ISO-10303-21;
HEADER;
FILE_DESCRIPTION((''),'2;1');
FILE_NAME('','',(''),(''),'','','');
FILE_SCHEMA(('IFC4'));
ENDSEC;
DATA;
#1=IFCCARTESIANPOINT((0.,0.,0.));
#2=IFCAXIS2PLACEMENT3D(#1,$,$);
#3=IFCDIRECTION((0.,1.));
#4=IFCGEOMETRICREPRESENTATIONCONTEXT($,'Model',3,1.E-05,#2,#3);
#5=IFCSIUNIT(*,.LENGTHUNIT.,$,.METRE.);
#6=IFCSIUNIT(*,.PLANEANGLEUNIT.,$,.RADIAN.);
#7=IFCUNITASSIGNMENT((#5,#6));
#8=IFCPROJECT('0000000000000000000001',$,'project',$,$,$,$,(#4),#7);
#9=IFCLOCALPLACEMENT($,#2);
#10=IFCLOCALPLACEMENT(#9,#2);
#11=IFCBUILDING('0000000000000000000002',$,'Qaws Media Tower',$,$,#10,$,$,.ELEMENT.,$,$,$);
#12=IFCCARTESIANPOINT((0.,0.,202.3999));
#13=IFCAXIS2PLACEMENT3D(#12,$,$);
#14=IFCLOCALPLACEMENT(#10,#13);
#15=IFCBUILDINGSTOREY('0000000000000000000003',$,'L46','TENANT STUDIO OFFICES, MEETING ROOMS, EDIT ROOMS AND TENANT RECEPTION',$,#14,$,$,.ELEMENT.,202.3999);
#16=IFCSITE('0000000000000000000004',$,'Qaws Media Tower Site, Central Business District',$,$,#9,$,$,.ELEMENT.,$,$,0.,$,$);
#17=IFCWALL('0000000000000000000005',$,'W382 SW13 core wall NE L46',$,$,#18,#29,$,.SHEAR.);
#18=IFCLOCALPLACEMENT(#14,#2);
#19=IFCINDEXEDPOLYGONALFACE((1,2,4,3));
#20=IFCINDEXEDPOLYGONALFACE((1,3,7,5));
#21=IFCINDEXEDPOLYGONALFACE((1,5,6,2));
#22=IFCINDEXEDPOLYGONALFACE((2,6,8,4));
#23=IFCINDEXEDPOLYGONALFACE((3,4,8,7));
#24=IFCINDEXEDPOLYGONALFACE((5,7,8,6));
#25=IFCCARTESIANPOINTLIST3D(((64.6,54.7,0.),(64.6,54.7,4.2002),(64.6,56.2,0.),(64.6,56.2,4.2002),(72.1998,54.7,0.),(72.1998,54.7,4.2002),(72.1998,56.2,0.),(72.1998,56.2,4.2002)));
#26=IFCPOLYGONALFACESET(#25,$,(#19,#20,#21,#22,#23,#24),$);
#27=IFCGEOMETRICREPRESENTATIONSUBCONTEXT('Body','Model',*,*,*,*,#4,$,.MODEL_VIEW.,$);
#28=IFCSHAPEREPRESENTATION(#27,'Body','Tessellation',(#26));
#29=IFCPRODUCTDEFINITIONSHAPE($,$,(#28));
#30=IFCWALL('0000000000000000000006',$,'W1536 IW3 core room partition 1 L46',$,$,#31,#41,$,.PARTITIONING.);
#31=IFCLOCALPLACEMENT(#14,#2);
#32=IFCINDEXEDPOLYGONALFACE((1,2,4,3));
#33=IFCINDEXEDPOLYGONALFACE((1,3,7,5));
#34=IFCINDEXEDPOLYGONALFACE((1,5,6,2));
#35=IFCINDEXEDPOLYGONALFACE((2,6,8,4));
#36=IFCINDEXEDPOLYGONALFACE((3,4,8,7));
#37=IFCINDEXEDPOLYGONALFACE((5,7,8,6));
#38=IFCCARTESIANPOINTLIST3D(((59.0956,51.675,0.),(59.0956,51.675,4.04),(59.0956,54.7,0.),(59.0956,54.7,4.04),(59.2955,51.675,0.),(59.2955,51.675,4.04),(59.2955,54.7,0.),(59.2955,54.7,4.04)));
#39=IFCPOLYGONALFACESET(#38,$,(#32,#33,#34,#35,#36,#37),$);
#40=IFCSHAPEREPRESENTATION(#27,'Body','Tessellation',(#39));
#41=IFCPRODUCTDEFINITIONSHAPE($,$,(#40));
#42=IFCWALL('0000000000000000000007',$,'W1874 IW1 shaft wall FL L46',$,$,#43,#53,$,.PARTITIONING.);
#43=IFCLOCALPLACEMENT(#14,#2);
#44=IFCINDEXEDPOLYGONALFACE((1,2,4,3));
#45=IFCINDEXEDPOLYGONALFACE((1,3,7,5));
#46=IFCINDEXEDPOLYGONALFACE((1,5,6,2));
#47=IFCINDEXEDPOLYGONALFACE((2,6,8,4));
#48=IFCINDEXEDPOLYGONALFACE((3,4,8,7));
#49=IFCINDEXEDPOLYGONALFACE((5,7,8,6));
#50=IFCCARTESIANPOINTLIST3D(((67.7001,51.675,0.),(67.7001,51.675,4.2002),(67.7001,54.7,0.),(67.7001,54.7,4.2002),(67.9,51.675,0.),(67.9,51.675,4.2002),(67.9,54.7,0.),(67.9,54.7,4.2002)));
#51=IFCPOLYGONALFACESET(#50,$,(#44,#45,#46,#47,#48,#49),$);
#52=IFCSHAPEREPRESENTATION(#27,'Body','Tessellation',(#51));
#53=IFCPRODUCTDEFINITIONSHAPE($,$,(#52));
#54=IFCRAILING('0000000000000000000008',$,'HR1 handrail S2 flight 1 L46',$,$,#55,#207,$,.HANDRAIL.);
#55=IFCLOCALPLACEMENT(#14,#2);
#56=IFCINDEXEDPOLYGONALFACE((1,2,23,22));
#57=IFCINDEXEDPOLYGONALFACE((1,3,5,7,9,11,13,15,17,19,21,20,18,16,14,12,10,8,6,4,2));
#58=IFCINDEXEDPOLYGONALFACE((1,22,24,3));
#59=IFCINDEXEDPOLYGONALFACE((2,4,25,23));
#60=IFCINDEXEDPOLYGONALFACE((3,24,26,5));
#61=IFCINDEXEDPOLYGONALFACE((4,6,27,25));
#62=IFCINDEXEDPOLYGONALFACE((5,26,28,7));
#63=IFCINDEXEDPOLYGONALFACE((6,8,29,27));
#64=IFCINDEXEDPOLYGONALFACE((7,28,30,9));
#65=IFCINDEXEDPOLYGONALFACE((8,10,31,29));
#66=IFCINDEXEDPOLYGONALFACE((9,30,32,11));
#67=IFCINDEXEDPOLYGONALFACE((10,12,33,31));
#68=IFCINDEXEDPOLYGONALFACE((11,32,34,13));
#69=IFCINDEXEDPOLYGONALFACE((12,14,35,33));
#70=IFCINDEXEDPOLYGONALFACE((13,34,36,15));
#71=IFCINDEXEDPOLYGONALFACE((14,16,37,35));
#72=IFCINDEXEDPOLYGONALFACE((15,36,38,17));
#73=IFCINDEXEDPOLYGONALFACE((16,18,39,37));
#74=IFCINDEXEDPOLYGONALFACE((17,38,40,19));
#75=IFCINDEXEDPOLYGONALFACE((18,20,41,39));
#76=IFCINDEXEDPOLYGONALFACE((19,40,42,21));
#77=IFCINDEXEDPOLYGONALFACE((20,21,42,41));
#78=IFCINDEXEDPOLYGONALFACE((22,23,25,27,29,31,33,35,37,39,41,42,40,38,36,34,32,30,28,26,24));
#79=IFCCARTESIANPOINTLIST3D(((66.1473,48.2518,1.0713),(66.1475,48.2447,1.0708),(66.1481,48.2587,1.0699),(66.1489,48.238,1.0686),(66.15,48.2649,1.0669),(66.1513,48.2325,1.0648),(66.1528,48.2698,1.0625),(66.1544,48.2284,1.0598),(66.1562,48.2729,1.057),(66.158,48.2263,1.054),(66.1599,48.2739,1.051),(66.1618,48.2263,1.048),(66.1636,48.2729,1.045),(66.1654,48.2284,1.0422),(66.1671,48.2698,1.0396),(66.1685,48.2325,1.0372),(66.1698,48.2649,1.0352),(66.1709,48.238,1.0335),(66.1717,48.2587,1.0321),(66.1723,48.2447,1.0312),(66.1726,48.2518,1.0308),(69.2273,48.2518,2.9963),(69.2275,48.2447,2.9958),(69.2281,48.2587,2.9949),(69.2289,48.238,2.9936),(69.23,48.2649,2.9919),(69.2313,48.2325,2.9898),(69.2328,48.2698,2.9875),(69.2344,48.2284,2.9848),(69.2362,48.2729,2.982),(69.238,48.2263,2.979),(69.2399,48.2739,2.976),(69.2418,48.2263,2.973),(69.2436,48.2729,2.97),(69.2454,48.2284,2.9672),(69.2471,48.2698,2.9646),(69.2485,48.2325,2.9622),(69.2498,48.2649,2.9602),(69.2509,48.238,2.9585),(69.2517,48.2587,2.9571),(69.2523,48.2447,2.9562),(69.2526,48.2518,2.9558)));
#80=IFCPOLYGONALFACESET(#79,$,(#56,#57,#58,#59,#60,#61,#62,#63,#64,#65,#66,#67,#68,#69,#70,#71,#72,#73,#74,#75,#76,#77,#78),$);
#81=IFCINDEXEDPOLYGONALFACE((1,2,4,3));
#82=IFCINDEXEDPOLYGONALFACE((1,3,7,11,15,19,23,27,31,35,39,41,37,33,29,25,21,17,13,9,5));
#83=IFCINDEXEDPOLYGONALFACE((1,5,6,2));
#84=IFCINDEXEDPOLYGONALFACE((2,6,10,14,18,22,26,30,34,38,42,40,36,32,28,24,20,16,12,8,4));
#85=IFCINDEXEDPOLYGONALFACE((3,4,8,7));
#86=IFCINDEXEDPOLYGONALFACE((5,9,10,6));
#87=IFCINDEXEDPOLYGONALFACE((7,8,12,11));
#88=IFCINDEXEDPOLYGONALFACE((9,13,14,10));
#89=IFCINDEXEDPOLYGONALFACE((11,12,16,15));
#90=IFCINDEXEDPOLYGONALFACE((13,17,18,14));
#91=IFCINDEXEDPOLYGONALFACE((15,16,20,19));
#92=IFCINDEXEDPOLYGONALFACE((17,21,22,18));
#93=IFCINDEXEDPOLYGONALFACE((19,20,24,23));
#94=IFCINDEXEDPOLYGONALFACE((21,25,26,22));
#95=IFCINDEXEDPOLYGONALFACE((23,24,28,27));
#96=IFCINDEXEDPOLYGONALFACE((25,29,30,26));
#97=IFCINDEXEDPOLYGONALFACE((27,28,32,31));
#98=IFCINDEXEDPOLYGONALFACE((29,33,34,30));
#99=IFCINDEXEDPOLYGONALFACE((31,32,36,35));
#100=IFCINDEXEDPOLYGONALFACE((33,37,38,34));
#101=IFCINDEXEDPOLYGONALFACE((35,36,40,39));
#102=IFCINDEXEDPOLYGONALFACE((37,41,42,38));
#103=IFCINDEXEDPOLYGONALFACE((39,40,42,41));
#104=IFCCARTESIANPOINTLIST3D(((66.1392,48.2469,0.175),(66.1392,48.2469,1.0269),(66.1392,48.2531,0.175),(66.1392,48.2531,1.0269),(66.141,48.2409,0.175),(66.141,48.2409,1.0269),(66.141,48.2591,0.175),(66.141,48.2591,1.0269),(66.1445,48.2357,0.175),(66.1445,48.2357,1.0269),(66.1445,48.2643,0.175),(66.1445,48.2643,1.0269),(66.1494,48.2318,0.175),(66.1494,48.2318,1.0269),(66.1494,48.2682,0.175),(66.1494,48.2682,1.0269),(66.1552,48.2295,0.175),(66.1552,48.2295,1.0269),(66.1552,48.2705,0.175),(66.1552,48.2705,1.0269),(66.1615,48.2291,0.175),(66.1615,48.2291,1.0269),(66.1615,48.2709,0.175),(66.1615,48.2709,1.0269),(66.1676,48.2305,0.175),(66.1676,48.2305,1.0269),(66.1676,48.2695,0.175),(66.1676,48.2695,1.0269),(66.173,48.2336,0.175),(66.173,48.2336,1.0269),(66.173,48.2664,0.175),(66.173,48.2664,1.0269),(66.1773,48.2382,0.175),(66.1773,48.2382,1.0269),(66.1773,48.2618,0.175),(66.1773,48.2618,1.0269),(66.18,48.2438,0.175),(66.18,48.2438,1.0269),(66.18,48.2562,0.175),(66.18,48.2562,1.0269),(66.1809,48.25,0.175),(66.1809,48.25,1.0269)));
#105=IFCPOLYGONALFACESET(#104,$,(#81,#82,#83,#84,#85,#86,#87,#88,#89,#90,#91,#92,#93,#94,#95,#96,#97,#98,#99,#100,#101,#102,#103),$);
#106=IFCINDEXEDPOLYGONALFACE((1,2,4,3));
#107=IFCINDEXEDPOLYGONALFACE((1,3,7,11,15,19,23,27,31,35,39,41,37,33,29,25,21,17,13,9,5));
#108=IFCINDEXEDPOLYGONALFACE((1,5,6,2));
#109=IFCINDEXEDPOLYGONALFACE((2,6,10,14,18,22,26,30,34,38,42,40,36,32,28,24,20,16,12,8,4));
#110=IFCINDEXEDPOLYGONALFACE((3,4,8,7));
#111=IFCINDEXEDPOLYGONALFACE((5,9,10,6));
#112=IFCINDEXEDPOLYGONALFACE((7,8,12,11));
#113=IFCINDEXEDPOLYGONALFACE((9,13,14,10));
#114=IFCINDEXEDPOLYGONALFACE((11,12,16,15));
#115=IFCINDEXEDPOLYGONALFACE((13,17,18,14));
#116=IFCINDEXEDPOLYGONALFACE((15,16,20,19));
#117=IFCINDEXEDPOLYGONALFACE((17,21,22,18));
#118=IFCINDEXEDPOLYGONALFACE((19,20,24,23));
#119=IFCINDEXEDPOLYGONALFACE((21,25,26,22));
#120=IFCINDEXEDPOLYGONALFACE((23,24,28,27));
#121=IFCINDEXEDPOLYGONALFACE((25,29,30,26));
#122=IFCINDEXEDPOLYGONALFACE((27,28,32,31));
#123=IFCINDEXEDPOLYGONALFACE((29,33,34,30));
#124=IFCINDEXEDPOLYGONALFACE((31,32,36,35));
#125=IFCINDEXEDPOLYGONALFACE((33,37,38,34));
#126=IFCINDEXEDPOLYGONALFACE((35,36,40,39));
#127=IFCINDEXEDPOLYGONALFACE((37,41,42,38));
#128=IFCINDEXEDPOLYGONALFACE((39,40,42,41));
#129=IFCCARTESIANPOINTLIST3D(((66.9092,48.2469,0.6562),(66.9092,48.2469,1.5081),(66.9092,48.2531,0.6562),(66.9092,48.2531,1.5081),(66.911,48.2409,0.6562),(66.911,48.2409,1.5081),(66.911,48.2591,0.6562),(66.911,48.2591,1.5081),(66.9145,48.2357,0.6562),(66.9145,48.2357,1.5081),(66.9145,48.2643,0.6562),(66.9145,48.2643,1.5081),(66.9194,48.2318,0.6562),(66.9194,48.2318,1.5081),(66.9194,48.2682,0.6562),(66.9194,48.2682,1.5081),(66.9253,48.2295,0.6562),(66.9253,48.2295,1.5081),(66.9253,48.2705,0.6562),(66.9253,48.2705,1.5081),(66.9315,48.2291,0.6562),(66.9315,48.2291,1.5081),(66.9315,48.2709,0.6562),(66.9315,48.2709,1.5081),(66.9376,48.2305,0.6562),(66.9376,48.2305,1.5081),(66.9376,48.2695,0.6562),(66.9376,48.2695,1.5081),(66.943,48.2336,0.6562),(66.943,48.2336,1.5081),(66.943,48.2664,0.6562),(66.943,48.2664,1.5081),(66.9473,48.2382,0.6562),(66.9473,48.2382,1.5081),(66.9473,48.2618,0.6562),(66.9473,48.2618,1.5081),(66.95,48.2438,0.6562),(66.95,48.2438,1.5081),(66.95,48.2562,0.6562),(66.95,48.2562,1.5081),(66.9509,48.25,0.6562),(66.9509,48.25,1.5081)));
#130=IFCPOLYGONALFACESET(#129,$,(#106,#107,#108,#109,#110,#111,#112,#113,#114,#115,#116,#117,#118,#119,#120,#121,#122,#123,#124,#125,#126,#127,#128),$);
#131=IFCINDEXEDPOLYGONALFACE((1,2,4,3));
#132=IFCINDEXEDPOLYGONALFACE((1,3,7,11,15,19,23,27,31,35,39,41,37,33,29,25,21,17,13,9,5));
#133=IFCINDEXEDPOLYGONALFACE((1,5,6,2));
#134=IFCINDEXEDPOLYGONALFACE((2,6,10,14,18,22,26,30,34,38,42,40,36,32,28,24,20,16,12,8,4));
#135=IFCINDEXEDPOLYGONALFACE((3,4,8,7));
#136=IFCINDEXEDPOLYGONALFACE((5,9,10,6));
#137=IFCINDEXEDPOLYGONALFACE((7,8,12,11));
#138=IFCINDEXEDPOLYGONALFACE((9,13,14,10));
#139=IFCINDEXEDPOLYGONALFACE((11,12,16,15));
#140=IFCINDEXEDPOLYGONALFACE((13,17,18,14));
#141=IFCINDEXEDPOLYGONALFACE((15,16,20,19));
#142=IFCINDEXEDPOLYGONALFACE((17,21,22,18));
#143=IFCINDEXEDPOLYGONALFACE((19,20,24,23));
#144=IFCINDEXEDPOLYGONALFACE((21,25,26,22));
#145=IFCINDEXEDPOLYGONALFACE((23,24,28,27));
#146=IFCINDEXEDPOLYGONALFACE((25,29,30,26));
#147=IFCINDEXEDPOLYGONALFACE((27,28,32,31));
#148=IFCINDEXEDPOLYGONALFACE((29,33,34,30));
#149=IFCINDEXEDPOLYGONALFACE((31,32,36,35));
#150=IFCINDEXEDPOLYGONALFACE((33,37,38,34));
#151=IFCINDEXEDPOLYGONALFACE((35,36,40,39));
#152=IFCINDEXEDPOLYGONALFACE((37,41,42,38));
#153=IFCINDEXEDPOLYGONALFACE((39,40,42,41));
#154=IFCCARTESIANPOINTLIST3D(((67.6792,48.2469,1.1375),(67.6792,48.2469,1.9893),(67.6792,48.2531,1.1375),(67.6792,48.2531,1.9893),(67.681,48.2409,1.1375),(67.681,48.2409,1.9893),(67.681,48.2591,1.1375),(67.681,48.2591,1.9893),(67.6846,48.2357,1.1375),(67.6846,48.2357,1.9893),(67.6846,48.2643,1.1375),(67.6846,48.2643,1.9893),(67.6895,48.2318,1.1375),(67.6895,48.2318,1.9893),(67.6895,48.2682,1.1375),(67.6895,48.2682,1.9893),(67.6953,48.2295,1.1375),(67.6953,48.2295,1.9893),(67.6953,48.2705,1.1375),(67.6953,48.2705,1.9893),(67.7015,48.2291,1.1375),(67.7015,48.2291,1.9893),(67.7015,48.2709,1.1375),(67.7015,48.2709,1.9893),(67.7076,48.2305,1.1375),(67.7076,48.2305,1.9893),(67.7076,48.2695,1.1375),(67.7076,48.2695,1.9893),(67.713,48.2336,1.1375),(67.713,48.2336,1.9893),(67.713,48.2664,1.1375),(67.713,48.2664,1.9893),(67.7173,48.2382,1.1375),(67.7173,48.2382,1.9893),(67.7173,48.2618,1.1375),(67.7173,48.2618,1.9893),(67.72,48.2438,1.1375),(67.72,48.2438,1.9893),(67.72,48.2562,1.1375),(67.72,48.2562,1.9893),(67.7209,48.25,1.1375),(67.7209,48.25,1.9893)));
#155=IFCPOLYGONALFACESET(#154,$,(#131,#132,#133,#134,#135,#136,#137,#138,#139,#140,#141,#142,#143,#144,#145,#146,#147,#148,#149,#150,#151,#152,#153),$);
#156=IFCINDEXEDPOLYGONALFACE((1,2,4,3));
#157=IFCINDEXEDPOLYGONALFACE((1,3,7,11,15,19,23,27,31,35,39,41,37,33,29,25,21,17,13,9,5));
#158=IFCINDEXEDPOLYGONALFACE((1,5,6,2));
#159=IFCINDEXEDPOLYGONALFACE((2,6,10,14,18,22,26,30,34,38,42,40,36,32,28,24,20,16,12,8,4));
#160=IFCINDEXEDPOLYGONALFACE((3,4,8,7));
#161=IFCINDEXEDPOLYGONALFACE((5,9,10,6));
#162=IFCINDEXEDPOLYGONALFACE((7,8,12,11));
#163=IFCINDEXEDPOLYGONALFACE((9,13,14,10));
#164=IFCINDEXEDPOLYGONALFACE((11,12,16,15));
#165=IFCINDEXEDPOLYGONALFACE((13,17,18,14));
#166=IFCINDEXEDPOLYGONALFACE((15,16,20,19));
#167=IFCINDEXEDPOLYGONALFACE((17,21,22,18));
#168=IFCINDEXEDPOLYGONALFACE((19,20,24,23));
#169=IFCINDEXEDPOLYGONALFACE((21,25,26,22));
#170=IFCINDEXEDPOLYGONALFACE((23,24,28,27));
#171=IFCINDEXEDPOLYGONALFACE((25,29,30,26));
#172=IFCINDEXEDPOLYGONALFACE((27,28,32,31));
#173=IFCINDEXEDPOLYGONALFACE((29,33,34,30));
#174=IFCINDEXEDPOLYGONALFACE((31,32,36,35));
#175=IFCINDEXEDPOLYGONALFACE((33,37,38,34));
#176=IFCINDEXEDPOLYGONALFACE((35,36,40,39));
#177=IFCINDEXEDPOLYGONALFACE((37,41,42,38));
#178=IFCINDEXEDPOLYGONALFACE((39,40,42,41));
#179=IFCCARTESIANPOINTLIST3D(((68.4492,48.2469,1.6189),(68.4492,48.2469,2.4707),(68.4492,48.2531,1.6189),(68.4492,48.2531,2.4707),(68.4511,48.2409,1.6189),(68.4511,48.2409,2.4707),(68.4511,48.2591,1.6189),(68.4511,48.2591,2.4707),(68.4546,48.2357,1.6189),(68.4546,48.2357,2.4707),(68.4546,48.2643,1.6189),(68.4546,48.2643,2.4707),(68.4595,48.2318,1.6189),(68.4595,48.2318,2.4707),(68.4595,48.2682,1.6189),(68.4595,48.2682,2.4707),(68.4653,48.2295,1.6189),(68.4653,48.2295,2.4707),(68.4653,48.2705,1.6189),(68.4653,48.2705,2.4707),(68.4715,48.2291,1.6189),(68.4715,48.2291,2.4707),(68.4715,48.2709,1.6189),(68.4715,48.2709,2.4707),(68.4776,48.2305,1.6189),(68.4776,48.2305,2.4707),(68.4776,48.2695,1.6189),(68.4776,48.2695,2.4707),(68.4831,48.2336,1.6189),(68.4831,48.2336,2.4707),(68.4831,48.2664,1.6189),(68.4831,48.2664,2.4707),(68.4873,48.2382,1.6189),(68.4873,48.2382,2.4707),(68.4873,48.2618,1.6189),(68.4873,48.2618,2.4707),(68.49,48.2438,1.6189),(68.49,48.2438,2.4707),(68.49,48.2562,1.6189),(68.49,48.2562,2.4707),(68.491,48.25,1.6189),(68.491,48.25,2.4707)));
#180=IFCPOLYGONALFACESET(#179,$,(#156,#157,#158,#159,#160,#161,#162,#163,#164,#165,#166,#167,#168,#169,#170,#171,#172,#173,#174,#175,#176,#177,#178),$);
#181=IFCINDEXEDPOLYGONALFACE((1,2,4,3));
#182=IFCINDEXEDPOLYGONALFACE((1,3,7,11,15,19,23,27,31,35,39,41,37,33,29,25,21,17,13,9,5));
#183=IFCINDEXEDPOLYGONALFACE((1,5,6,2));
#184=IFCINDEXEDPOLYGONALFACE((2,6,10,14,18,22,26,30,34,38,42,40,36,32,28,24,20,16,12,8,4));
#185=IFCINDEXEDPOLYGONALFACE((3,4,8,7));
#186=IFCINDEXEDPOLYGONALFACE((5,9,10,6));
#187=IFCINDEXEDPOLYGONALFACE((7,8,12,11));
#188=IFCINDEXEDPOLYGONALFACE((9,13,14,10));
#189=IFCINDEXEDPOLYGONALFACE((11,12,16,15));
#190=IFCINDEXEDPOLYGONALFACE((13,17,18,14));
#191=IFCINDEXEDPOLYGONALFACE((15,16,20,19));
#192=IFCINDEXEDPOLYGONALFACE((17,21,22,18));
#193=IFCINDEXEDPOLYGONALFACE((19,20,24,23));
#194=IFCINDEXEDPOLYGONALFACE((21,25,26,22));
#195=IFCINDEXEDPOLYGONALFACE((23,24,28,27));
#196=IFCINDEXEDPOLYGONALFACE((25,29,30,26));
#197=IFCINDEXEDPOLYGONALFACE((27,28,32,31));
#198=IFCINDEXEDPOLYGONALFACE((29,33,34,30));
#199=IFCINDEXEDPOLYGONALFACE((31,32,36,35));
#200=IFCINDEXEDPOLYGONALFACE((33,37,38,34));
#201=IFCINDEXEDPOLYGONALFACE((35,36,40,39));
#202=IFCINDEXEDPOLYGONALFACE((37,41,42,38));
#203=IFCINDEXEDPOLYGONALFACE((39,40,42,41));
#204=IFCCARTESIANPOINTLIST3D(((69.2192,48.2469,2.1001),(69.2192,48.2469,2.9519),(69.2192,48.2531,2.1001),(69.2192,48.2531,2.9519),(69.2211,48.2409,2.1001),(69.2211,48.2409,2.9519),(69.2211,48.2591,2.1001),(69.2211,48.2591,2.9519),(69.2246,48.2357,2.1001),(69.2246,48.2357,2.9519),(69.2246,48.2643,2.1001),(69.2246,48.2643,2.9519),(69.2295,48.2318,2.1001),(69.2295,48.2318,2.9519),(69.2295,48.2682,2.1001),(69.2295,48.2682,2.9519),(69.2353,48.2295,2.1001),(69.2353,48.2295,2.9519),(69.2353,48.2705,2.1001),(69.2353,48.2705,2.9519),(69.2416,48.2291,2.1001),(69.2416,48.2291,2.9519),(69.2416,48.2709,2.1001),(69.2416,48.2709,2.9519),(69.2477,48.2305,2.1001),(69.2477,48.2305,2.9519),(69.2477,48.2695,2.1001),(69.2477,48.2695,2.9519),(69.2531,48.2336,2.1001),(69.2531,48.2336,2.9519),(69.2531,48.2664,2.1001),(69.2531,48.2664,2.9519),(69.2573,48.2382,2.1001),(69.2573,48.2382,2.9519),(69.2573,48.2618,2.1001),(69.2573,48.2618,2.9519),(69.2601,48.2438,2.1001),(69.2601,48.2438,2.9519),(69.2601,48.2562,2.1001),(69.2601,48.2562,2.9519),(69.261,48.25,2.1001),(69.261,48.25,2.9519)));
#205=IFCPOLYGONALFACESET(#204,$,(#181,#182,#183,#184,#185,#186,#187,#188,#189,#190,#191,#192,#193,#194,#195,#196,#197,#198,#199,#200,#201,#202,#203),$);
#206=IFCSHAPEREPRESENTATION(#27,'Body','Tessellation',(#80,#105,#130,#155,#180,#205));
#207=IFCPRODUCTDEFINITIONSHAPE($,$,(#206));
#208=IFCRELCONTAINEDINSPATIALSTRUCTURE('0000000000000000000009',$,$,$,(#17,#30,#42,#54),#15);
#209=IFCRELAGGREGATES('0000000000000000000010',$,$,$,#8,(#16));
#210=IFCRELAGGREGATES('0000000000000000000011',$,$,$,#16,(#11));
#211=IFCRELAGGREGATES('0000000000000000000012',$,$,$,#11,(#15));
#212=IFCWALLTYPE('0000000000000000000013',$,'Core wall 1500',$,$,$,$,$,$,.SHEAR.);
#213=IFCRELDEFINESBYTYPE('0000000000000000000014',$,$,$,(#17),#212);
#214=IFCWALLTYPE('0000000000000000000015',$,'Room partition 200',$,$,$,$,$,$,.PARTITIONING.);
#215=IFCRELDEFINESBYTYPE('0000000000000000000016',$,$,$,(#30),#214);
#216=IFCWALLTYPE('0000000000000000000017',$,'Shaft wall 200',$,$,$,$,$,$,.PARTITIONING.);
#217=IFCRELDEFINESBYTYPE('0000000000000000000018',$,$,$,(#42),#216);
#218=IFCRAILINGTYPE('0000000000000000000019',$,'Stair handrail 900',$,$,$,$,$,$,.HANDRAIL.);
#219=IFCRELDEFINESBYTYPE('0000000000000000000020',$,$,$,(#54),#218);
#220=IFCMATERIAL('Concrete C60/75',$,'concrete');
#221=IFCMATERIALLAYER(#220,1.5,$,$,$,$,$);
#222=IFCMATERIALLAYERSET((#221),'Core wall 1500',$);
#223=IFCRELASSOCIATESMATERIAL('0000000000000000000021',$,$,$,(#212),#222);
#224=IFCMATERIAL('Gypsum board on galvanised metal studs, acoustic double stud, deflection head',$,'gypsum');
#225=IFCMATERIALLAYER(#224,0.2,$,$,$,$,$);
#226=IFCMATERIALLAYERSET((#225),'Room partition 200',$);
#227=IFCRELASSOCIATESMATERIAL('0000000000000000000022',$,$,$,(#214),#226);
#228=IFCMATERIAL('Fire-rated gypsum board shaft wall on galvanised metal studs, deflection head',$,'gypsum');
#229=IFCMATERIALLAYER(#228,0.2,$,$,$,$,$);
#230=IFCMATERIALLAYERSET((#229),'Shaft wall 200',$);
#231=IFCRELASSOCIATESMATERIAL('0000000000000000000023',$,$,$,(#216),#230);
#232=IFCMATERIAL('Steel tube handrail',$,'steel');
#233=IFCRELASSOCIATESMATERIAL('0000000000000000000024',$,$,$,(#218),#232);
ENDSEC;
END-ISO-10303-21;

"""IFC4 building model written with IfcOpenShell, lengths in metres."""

from ifc_helpers import new_model, si_unit, direction, frame, frame_2d, origin, origin_2d, place, context, subcontext, project, spatial, rectangle, circle, extrude, material, layer, layer_set, type_object, element, save


model = new_model("IFC4")

# Units and contexts
model_context = context("Model", 3, precision=1e-05, world=origin(), true_north=direction((0.0, 1.0)))
body_context = subcontext(model_context, "Body", "Model", "MODEL_VIEW")
ifc_project = project(units=[si_unit("LENGTHUNIT", "METRE"), si_unit("PLANEANGLEUNIT", "RADIAN")], contexts=[model_context])

# Site, building, storey
site_placement = place(None, origin())
site = spatial("IfcSite", under=ifc_project, at=site_placement, Name="Qaws Media Tower Site, Central Business District", CompositionType="ELEMENT", RefElevation=0.0)
building_placement = place(site_placement, origin())
building = spatial("IfcBuilding", under=site, at=building_placement, Name="Qaws Media Tower", CompositionType="ELEMENT")
storey_placement = place(building_placement, frame((0.0, 0.0, 202.3999)))
storey = spatial("IfcBuildingStorey", under=building, at=storey_placement, Name="L46", Description="TENANT STUDIO OFFICES, MEETING ROOMS, EDIT ROOMS AND TENANT RECEPTION", CompositionType="ELEMENT", Elevation=202.3999)

# Walls
ifc_material_1 = material(Name="Concrete C60/75", Category="concrete")
ifc_layer_1 = layer(ifc_material_1, 1.5)
ifc_layer_set_1 = layer_set([ifc_layer_1], Name="Core wall 1500")
wall_type_1 = type_object("IfcWallType", Name="Core wall 1500", PredefinedType="SHEAR", material=ifc_layer_set_1)
wall_1_placement = place(storey_placement, frame((64.6001, 55.45, 0.0), z_axis=(0.0, 0.0, 1.0), x_axis=(1.0, 0.0, 0.0)))
element("IfcWall", 1, at=wall_1_placement, inside=storey, type_object=wall_type_1, Name="W382 SW13 core wall NE L46", PredefinedType="SHEAR", context=body_context, shape_type="SweptSolid", body=[
    extrude(rectangle(XDim=7.5999, YDim=1.5, at=frame_2d((3.7998, 0.0))), origin(), (0.0, 0.0, 1.0), 4.2002),
])
ifc_material_2 = material(Name="Gypsum board on galvanised metal studs, acoustic double stud, deflection head", Category="gypsum")
ifc_layer_2 = layer(ifc_material_2, 0.2)
ifc_layer_set_2 = layer_set([ifc_layer_2], Name="Room partition 200")
wall_type_2 = type_object("IfcWallType", Name="Room partition 200", PredefinedType="PARTITIONING", material=ifc_layer_set_2)
wall_2_placement = place(storey_placement, frame((59.1956, 51.675, 0.0), z_axis=(0.0, 0.0, 1.0), x_axis=(0.0, 1.0, 0.0)))
element("IfcWall", 2, at=wall_2_placement, inside=storey, type_object=wall_type_2, Name="W1536 IW3 core room partition 1 L46", PredefinedType="PARTITIONING", context=body_context, shape_type="SweptSolid", body=[
    extrude(rectangle(XDim=3.0249, YDim=0.2, at=frame_2d((1.5125, 0.0))), origin(), (0.0, 0.0, 1.0), 4.04),
])
ifc_material_3 = material(Name="Fire-rated gypsum board shaft wall on galvanised metal studs, deflection head", Category="gypsum")
ifc_layer_3 = layer(ifc_material_3, 0.2)
ifc_layer_set_3 = layer_set([ifc_layer_3], Name="Shaft wall 200")
wall_type_3 = type_object("IfcWallType", Name="Shaft wall 200", PredefinedType="PARTITIONING", material=ifc_layer_set_3)
wall_3_placement = place(storey_placement, frame((67.8, 51.675, 0.0), z_axis=(0.0, 0.0, 1.0), x_axis=(0.0, 1.0, 0.0)))
element("IfcWall", 3, at=wall_3_placement, inside=storey, type_object=wall_type_3, Name="W1874 IW1 shaft wall FL L46", PredefinedType="PARTITIONING", context=body_context, shape_type="SweptSolid", body=[
    extrude(rectangle(XDim=3.0249, YDim=0.2, at=frame_2d((1.5125, 0.0))), origin(), (0.0, 0.0, 1.0), 4.2002),
])

# Railing
ifc_material_4 = material(Name="Steel tube handrail", Category="steel")
railing_type = type_object("IfcRailingType", Name="Stair handrail 900", PredefinedType="HANDRAIL", material=ifc_material_4)
railing_placement = place(storey_placement, frame((66.1599, 48.25, 0.175)))
element("IfcRailing", 4, at=railing_placement, inside=storey, type_object=railing_type, Name="HR1 handrail S2 flight 1 L46", PredefinedType="HANDRAIL", context=body_context, shape_type="SweptSolid", body=[
    extrude(circle(Radius=0.0239, at=origin_2d()), frame((0.0, 0.0, 0.876), z_axis=(0.847998, 0.0, 0.529999), x_axis=(0.0, 1.0, 0.0)), (0.0, 0.0, 1.0), 3.6321),
    extrude(circle(Radius=0.021, at=origin_2d()), origin(), (0.0, 0.0, 1.0), 0.8518),
    extrude(circle(Radius=0.021, at=origin_2d()), frame((0.77, 0.0, 0.4812)), (0.0, 0.0, 1.0), 0.8518),
    extrude(circle(Radius=0.021, at=origin_2d()), frame((1.54, 0.0, 0.9624)), (0.0, 0.0, 1.0), 0.8518),
    extrude(circle(Radius=0.021, at=origin_2d()), frame((2.3101, 0.0, 1.4438)), (0.0, 0.0, 1.0), 0.8518),
    extrude(circle(Radius=0.021, at=origin_2d()), frame((3.0801, 0.0, 1.925)), (0.0, 0.0, 1.0), 0.8518),
])

save(model, "model.ifc")
